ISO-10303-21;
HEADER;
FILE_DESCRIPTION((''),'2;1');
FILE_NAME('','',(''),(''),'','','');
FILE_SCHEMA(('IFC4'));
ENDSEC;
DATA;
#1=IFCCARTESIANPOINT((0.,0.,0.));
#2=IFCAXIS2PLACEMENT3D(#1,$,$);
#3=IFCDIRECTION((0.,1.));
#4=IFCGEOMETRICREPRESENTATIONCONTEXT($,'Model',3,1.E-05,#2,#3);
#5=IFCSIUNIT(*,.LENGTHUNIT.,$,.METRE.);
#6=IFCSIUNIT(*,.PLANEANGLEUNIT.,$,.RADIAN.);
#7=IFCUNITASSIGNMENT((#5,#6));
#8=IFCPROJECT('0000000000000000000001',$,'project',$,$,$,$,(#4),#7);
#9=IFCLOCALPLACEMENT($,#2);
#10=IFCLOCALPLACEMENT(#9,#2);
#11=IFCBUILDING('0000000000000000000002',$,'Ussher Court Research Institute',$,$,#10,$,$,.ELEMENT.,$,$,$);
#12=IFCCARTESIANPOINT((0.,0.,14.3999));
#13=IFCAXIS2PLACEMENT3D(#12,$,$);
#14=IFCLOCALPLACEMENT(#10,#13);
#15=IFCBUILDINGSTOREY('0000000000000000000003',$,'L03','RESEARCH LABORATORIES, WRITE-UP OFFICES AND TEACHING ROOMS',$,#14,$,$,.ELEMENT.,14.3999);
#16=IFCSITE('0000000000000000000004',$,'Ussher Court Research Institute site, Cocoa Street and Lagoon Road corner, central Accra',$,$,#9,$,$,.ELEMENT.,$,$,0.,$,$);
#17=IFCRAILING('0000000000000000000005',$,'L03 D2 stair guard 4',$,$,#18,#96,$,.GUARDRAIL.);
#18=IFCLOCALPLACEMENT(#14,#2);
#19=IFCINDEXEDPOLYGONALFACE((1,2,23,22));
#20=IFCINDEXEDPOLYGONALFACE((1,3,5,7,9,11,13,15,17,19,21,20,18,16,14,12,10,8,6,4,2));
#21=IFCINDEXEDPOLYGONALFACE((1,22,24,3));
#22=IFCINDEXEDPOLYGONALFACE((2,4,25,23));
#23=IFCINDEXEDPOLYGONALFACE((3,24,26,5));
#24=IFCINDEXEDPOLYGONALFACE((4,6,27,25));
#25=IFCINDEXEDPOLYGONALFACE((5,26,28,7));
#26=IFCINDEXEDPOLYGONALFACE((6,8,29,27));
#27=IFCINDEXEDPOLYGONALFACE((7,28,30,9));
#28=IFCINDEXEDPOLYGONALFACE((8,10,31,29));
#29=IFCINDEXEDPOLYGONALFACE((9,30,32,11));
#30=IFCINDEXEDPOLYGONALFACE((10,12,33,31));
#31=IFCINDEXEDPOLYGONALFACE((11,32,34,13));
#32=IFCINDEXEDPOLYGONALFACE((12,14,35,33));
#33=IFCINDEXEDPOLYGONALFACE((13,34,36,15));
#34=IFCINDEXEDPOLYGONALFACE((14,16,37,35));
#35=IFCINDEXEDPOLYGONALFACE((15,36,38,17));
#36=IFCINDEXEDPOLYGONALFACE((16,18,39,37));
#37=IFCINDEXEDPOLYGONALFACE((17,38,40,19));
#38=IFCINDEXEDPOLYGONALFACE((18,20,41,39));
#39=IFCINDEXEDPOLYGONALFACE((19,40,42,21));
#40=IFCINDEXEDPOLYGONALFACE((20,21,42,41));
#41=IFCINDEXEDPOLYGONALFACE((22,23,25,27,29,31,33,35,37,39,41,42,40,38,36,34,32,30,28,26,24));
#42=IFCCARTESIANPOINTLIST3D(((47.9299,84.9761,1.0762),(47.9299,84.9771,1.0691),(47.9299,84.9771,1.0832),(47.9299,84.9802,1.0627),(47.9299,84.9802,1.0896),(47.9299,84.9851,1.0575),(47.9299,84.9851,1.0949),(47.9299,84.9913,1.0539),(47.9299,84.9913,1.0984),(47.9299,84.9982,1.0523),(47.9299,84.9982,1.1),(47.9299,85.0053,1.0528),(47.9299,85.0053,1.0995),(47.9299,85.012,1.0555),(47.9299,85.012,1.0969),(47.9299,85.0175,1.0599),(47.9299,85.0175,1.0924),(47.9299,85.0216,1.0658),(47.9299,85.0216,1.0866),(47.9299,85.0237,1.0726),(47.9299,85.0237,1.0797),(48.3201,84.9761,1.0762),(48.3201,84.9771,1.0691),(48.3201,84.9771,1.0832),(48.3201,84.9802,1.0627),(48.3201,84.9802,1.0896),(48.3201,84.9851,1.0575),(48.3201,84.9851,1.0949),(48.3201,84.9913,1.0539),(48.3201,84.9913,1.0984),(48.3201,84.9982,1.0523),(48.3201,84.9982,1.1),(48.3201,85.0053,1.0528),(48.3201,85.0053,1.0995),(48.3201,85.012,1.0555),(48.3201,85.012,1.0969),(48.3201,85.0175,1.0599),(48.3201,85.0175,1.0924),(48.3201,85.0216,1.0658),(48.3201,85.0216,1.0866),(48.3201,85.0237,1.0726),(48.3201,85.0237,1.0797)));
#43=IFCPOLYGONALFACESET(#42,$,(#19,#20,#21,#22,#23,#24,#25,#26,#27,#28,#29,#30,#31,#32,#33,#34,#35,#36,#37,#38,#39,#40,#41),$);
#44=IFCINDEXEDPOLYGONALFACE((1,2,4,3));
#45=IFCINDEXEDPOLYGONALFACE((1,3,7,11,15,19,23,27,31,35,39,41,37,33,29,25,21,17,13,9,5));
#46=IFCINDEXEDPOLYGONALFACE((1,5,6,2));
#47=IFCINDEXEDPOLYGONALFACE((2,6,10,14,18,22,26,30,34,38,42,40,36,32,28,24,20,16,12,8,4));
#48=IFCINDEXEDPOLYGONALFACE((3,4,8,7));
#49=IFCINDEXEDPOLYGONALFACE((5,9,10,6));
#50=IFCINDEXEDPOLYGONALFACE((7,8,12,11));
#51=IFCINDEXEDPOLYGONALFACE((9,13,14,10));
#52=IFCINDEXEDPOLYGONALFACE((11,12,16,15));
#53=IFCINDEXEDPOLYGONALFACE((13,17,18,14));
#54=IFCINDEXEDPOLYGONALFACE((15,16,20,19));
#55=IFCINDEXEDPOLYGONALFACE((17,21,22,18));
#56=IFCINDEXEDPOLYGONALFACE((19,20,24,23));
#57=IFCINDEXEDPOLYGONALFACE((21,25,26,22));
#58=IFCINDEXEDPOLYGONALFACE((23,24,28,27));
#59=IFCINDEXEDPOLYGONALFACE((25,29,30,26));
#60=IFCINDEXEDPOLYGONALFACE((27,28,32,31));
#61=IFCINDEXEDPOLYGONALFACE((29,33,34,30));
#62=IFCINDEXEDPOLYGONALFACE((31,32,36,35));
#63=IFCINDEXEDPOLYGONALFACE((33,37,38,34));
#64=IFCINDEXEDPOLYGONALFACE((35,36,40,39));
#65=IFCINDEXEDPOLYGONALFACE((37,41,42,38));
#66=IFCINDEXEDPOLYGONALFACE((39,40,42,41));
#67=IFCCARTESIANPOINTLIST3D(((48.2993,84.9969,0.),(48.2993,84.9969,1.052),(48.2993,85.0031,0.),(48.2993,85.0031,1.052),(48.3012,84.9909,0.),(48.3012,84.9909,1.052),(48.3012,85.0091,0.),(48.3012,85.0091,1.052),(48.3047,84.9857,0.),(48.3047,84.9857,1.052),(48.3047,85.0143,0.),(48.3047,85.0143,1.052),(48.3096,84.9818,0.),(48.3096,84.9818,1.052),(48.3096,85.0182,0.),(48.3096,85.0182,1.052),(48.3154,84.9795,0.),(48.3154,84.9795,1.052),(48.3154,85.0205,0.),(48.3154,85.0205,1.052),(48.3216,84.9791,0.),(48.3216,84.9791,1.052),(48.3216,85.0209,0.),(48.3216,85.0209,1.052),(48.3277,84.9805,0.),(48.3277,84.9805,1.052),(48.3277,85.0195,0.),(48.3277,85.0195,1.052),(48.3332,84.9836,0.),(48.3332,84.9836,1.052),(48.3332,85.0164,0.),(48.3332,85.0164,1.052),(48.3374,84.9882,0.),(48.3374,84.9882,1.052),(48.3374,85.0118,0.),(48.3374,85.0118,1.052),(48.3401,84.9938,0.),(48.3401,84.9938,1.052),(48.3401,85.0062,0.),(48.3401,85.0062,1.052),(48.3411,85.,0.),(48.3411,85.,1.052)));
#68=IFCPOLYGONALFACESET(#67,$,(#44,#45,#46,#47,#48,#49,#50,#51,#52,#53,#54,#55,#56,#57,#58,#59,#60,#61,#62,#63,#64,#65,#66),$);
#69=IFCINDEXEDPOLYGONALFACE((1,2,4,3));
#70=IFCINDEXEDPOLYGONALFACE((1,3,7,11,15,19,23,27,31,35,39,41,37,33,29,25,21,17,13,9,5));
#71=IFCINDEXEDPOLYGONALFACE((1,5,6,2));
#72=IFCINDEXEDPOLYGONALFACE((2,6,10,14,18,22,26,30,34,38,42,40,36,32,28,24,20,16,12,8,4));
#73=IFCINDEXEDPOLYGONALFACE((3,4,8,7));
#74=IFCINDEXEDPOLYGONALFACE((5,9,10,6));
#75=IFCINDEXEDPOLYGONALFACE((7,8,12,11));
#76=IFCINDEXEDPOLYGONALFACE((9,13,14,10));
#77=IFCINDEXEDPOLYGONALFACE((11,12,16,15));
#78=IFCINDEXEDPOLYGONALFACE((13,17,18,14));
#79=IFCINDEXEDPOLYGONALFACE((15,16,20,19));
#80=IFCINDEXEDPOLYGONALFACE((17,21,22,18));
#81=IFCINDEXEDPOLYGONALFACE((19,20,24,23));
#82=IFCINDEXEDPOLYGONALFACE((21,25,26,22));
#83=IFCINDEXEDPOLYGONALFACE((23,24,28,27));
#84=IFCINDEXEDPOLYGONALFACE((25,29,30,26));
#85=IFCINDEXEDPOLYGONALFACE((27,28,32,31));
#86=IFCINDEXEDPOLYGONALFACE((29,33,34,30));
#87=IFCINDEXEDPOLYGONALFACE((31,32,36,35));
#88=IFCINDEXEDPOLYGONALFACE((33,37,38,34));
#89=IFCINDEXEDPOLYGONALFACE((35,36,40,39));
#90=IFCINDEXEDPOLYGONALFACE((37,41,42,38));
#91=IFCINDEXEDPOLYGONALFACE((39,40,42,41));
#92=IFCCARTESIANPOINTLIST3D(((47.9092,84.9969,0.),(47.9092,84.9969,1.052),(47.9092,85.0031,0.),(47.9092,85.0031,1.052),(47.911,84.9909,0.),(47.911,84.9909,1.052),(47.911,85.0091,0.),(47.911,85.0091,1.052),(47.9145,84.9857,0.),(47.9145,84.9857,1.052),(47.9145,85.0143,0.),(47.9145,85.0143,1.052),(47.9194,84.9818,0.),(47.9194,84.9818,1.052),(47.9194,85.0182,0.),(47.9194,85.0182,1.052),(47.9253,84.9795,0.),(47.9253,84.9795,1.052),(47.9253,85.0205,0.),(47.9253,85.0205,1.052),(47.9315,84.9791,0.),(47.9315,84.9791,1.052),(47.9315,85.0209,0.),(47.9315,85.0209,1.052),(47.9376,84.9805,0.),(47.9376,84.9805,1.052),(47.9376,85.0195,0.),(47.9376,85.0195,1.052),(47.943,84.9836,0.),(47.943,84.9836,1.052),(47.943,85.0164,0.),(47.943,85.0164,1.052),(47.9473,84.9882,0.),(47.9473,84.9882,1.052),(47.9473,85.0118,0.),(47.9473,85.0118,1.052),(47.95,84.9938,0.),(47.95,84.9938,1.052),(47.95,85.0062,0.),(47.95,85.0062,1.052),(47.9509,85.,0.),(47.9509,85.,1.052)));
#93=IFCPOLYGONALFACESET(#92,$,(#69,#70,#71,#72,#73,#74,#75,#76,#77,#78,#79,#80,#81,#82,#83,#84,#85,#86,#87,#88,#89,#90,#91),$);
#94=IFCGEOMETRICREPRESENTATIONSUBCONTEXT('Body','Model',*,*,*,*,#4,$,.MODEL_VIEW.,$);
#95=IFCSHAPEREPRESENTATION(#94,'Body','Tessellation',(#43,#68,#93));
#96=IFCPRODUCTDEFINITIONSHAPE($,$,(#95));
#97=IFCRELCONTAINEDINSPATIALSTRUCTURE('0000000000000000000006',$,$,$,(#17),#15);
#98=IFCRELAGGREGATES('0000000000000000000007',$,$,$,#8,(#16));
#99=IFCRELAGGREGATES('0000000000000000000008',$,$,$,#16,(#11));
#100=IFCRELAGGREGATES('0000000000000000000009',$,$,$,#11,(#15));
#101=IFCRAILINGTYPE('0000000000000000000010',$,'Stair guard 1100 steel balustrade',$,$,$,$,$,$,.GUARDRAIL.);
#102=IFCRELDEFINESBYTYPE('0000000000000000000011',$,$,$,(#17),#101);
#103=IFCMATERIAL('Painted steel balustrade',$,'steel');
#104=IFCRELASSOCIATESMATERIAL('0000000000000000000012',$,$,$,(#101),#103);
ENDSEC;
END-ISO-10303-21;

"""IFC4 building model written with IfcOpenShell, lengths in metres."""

from ifc_helpers import new_model, si_unit, direction, frame, origin, origin_2d, place, context, subcontext, project, spatial, circle, extrude, material, type_object, element, save


model = new_model("IFC4")

# Units and contexts
model_context = context("Model", 3, precision=1e-05, world=origin(), true_north=direction((0.0, 1.0)))
body_context = subcontext(model_context, "Body", "Model", "MODEL_VIEW")
ifc_project = project(units=[si_unit("LENGTHUNIT", "METRE"), si_unit("PLANEANGLEUNIT", "RADIAN")], contexts=[model_context])

# Site, building, storey
site_placement = place(None, origin())
site = spatial("IfcSite", under=ifc_project, at=site_placement, Name="Ussher Court Research Institute site, Cocoa Street and Lagoon Road corner, central Accra", CompositionType="ELEMENT", RefElevation=0.0)
building_placement = place(site_placement, origin())
building = spatial("IfcBuilding", under=site, at=building_placement, Name="Ussher Court Research Institute", CompositionType="ELEMENT")
storey_placement = place(building_placement, frame((0.0, 0.0, 14.3999)))
storey = spatial("IfcBuildingStorey", under=building, at=storey_placement, Name="L03", Description="RESEARCH LABORATORIES, WRITE-UP OFFICES AND TEACHING ROOMS", CompositionType="ELEMENT", Elevation=14.3999)

# Railing
ifc_material_1 = material(Name="Painted steel balustrade", Category="steel")
railing_type_1 = type_object("IfcRailingType", Name="Stair guard 1100 steel balustrade", PredefinedType="GUARDRAIL", material=ifc_material_1)
railing_1_placement = place(storey_placement, frame((48.3201, 85.0, 0.0)))
element("IfcRailing", 1, at=railing_1_placement, inside=storey, type_object=railing_type_1, Name="L03 D2 stair guard 4", PredefinedType="GUARDRAIL", context=body_context, shape_type="SweptSolid", body=[
    extrude(circle(Radius=0.0239, at=origin_2d()), frame((0.0, 0.0, 1.0762), z_axis=(-1.0, 0.0, 0.0), x_axis=(0.0, -1.0, 0.0)), (0.0, 0.0, 1.0), 0.3901),
    extrude(circle(Radius=0.021, at=origin_2d()), origin(), (0.0, 0.0, 1.0), 1.052),
    extrude(circle(Radius=0.021, at=origin_2d()), frame((-0.3901, 0.0, 0.0)), (0.0, 0.0, 1.0), 1.052),
])

save(model, "model.ifc")
